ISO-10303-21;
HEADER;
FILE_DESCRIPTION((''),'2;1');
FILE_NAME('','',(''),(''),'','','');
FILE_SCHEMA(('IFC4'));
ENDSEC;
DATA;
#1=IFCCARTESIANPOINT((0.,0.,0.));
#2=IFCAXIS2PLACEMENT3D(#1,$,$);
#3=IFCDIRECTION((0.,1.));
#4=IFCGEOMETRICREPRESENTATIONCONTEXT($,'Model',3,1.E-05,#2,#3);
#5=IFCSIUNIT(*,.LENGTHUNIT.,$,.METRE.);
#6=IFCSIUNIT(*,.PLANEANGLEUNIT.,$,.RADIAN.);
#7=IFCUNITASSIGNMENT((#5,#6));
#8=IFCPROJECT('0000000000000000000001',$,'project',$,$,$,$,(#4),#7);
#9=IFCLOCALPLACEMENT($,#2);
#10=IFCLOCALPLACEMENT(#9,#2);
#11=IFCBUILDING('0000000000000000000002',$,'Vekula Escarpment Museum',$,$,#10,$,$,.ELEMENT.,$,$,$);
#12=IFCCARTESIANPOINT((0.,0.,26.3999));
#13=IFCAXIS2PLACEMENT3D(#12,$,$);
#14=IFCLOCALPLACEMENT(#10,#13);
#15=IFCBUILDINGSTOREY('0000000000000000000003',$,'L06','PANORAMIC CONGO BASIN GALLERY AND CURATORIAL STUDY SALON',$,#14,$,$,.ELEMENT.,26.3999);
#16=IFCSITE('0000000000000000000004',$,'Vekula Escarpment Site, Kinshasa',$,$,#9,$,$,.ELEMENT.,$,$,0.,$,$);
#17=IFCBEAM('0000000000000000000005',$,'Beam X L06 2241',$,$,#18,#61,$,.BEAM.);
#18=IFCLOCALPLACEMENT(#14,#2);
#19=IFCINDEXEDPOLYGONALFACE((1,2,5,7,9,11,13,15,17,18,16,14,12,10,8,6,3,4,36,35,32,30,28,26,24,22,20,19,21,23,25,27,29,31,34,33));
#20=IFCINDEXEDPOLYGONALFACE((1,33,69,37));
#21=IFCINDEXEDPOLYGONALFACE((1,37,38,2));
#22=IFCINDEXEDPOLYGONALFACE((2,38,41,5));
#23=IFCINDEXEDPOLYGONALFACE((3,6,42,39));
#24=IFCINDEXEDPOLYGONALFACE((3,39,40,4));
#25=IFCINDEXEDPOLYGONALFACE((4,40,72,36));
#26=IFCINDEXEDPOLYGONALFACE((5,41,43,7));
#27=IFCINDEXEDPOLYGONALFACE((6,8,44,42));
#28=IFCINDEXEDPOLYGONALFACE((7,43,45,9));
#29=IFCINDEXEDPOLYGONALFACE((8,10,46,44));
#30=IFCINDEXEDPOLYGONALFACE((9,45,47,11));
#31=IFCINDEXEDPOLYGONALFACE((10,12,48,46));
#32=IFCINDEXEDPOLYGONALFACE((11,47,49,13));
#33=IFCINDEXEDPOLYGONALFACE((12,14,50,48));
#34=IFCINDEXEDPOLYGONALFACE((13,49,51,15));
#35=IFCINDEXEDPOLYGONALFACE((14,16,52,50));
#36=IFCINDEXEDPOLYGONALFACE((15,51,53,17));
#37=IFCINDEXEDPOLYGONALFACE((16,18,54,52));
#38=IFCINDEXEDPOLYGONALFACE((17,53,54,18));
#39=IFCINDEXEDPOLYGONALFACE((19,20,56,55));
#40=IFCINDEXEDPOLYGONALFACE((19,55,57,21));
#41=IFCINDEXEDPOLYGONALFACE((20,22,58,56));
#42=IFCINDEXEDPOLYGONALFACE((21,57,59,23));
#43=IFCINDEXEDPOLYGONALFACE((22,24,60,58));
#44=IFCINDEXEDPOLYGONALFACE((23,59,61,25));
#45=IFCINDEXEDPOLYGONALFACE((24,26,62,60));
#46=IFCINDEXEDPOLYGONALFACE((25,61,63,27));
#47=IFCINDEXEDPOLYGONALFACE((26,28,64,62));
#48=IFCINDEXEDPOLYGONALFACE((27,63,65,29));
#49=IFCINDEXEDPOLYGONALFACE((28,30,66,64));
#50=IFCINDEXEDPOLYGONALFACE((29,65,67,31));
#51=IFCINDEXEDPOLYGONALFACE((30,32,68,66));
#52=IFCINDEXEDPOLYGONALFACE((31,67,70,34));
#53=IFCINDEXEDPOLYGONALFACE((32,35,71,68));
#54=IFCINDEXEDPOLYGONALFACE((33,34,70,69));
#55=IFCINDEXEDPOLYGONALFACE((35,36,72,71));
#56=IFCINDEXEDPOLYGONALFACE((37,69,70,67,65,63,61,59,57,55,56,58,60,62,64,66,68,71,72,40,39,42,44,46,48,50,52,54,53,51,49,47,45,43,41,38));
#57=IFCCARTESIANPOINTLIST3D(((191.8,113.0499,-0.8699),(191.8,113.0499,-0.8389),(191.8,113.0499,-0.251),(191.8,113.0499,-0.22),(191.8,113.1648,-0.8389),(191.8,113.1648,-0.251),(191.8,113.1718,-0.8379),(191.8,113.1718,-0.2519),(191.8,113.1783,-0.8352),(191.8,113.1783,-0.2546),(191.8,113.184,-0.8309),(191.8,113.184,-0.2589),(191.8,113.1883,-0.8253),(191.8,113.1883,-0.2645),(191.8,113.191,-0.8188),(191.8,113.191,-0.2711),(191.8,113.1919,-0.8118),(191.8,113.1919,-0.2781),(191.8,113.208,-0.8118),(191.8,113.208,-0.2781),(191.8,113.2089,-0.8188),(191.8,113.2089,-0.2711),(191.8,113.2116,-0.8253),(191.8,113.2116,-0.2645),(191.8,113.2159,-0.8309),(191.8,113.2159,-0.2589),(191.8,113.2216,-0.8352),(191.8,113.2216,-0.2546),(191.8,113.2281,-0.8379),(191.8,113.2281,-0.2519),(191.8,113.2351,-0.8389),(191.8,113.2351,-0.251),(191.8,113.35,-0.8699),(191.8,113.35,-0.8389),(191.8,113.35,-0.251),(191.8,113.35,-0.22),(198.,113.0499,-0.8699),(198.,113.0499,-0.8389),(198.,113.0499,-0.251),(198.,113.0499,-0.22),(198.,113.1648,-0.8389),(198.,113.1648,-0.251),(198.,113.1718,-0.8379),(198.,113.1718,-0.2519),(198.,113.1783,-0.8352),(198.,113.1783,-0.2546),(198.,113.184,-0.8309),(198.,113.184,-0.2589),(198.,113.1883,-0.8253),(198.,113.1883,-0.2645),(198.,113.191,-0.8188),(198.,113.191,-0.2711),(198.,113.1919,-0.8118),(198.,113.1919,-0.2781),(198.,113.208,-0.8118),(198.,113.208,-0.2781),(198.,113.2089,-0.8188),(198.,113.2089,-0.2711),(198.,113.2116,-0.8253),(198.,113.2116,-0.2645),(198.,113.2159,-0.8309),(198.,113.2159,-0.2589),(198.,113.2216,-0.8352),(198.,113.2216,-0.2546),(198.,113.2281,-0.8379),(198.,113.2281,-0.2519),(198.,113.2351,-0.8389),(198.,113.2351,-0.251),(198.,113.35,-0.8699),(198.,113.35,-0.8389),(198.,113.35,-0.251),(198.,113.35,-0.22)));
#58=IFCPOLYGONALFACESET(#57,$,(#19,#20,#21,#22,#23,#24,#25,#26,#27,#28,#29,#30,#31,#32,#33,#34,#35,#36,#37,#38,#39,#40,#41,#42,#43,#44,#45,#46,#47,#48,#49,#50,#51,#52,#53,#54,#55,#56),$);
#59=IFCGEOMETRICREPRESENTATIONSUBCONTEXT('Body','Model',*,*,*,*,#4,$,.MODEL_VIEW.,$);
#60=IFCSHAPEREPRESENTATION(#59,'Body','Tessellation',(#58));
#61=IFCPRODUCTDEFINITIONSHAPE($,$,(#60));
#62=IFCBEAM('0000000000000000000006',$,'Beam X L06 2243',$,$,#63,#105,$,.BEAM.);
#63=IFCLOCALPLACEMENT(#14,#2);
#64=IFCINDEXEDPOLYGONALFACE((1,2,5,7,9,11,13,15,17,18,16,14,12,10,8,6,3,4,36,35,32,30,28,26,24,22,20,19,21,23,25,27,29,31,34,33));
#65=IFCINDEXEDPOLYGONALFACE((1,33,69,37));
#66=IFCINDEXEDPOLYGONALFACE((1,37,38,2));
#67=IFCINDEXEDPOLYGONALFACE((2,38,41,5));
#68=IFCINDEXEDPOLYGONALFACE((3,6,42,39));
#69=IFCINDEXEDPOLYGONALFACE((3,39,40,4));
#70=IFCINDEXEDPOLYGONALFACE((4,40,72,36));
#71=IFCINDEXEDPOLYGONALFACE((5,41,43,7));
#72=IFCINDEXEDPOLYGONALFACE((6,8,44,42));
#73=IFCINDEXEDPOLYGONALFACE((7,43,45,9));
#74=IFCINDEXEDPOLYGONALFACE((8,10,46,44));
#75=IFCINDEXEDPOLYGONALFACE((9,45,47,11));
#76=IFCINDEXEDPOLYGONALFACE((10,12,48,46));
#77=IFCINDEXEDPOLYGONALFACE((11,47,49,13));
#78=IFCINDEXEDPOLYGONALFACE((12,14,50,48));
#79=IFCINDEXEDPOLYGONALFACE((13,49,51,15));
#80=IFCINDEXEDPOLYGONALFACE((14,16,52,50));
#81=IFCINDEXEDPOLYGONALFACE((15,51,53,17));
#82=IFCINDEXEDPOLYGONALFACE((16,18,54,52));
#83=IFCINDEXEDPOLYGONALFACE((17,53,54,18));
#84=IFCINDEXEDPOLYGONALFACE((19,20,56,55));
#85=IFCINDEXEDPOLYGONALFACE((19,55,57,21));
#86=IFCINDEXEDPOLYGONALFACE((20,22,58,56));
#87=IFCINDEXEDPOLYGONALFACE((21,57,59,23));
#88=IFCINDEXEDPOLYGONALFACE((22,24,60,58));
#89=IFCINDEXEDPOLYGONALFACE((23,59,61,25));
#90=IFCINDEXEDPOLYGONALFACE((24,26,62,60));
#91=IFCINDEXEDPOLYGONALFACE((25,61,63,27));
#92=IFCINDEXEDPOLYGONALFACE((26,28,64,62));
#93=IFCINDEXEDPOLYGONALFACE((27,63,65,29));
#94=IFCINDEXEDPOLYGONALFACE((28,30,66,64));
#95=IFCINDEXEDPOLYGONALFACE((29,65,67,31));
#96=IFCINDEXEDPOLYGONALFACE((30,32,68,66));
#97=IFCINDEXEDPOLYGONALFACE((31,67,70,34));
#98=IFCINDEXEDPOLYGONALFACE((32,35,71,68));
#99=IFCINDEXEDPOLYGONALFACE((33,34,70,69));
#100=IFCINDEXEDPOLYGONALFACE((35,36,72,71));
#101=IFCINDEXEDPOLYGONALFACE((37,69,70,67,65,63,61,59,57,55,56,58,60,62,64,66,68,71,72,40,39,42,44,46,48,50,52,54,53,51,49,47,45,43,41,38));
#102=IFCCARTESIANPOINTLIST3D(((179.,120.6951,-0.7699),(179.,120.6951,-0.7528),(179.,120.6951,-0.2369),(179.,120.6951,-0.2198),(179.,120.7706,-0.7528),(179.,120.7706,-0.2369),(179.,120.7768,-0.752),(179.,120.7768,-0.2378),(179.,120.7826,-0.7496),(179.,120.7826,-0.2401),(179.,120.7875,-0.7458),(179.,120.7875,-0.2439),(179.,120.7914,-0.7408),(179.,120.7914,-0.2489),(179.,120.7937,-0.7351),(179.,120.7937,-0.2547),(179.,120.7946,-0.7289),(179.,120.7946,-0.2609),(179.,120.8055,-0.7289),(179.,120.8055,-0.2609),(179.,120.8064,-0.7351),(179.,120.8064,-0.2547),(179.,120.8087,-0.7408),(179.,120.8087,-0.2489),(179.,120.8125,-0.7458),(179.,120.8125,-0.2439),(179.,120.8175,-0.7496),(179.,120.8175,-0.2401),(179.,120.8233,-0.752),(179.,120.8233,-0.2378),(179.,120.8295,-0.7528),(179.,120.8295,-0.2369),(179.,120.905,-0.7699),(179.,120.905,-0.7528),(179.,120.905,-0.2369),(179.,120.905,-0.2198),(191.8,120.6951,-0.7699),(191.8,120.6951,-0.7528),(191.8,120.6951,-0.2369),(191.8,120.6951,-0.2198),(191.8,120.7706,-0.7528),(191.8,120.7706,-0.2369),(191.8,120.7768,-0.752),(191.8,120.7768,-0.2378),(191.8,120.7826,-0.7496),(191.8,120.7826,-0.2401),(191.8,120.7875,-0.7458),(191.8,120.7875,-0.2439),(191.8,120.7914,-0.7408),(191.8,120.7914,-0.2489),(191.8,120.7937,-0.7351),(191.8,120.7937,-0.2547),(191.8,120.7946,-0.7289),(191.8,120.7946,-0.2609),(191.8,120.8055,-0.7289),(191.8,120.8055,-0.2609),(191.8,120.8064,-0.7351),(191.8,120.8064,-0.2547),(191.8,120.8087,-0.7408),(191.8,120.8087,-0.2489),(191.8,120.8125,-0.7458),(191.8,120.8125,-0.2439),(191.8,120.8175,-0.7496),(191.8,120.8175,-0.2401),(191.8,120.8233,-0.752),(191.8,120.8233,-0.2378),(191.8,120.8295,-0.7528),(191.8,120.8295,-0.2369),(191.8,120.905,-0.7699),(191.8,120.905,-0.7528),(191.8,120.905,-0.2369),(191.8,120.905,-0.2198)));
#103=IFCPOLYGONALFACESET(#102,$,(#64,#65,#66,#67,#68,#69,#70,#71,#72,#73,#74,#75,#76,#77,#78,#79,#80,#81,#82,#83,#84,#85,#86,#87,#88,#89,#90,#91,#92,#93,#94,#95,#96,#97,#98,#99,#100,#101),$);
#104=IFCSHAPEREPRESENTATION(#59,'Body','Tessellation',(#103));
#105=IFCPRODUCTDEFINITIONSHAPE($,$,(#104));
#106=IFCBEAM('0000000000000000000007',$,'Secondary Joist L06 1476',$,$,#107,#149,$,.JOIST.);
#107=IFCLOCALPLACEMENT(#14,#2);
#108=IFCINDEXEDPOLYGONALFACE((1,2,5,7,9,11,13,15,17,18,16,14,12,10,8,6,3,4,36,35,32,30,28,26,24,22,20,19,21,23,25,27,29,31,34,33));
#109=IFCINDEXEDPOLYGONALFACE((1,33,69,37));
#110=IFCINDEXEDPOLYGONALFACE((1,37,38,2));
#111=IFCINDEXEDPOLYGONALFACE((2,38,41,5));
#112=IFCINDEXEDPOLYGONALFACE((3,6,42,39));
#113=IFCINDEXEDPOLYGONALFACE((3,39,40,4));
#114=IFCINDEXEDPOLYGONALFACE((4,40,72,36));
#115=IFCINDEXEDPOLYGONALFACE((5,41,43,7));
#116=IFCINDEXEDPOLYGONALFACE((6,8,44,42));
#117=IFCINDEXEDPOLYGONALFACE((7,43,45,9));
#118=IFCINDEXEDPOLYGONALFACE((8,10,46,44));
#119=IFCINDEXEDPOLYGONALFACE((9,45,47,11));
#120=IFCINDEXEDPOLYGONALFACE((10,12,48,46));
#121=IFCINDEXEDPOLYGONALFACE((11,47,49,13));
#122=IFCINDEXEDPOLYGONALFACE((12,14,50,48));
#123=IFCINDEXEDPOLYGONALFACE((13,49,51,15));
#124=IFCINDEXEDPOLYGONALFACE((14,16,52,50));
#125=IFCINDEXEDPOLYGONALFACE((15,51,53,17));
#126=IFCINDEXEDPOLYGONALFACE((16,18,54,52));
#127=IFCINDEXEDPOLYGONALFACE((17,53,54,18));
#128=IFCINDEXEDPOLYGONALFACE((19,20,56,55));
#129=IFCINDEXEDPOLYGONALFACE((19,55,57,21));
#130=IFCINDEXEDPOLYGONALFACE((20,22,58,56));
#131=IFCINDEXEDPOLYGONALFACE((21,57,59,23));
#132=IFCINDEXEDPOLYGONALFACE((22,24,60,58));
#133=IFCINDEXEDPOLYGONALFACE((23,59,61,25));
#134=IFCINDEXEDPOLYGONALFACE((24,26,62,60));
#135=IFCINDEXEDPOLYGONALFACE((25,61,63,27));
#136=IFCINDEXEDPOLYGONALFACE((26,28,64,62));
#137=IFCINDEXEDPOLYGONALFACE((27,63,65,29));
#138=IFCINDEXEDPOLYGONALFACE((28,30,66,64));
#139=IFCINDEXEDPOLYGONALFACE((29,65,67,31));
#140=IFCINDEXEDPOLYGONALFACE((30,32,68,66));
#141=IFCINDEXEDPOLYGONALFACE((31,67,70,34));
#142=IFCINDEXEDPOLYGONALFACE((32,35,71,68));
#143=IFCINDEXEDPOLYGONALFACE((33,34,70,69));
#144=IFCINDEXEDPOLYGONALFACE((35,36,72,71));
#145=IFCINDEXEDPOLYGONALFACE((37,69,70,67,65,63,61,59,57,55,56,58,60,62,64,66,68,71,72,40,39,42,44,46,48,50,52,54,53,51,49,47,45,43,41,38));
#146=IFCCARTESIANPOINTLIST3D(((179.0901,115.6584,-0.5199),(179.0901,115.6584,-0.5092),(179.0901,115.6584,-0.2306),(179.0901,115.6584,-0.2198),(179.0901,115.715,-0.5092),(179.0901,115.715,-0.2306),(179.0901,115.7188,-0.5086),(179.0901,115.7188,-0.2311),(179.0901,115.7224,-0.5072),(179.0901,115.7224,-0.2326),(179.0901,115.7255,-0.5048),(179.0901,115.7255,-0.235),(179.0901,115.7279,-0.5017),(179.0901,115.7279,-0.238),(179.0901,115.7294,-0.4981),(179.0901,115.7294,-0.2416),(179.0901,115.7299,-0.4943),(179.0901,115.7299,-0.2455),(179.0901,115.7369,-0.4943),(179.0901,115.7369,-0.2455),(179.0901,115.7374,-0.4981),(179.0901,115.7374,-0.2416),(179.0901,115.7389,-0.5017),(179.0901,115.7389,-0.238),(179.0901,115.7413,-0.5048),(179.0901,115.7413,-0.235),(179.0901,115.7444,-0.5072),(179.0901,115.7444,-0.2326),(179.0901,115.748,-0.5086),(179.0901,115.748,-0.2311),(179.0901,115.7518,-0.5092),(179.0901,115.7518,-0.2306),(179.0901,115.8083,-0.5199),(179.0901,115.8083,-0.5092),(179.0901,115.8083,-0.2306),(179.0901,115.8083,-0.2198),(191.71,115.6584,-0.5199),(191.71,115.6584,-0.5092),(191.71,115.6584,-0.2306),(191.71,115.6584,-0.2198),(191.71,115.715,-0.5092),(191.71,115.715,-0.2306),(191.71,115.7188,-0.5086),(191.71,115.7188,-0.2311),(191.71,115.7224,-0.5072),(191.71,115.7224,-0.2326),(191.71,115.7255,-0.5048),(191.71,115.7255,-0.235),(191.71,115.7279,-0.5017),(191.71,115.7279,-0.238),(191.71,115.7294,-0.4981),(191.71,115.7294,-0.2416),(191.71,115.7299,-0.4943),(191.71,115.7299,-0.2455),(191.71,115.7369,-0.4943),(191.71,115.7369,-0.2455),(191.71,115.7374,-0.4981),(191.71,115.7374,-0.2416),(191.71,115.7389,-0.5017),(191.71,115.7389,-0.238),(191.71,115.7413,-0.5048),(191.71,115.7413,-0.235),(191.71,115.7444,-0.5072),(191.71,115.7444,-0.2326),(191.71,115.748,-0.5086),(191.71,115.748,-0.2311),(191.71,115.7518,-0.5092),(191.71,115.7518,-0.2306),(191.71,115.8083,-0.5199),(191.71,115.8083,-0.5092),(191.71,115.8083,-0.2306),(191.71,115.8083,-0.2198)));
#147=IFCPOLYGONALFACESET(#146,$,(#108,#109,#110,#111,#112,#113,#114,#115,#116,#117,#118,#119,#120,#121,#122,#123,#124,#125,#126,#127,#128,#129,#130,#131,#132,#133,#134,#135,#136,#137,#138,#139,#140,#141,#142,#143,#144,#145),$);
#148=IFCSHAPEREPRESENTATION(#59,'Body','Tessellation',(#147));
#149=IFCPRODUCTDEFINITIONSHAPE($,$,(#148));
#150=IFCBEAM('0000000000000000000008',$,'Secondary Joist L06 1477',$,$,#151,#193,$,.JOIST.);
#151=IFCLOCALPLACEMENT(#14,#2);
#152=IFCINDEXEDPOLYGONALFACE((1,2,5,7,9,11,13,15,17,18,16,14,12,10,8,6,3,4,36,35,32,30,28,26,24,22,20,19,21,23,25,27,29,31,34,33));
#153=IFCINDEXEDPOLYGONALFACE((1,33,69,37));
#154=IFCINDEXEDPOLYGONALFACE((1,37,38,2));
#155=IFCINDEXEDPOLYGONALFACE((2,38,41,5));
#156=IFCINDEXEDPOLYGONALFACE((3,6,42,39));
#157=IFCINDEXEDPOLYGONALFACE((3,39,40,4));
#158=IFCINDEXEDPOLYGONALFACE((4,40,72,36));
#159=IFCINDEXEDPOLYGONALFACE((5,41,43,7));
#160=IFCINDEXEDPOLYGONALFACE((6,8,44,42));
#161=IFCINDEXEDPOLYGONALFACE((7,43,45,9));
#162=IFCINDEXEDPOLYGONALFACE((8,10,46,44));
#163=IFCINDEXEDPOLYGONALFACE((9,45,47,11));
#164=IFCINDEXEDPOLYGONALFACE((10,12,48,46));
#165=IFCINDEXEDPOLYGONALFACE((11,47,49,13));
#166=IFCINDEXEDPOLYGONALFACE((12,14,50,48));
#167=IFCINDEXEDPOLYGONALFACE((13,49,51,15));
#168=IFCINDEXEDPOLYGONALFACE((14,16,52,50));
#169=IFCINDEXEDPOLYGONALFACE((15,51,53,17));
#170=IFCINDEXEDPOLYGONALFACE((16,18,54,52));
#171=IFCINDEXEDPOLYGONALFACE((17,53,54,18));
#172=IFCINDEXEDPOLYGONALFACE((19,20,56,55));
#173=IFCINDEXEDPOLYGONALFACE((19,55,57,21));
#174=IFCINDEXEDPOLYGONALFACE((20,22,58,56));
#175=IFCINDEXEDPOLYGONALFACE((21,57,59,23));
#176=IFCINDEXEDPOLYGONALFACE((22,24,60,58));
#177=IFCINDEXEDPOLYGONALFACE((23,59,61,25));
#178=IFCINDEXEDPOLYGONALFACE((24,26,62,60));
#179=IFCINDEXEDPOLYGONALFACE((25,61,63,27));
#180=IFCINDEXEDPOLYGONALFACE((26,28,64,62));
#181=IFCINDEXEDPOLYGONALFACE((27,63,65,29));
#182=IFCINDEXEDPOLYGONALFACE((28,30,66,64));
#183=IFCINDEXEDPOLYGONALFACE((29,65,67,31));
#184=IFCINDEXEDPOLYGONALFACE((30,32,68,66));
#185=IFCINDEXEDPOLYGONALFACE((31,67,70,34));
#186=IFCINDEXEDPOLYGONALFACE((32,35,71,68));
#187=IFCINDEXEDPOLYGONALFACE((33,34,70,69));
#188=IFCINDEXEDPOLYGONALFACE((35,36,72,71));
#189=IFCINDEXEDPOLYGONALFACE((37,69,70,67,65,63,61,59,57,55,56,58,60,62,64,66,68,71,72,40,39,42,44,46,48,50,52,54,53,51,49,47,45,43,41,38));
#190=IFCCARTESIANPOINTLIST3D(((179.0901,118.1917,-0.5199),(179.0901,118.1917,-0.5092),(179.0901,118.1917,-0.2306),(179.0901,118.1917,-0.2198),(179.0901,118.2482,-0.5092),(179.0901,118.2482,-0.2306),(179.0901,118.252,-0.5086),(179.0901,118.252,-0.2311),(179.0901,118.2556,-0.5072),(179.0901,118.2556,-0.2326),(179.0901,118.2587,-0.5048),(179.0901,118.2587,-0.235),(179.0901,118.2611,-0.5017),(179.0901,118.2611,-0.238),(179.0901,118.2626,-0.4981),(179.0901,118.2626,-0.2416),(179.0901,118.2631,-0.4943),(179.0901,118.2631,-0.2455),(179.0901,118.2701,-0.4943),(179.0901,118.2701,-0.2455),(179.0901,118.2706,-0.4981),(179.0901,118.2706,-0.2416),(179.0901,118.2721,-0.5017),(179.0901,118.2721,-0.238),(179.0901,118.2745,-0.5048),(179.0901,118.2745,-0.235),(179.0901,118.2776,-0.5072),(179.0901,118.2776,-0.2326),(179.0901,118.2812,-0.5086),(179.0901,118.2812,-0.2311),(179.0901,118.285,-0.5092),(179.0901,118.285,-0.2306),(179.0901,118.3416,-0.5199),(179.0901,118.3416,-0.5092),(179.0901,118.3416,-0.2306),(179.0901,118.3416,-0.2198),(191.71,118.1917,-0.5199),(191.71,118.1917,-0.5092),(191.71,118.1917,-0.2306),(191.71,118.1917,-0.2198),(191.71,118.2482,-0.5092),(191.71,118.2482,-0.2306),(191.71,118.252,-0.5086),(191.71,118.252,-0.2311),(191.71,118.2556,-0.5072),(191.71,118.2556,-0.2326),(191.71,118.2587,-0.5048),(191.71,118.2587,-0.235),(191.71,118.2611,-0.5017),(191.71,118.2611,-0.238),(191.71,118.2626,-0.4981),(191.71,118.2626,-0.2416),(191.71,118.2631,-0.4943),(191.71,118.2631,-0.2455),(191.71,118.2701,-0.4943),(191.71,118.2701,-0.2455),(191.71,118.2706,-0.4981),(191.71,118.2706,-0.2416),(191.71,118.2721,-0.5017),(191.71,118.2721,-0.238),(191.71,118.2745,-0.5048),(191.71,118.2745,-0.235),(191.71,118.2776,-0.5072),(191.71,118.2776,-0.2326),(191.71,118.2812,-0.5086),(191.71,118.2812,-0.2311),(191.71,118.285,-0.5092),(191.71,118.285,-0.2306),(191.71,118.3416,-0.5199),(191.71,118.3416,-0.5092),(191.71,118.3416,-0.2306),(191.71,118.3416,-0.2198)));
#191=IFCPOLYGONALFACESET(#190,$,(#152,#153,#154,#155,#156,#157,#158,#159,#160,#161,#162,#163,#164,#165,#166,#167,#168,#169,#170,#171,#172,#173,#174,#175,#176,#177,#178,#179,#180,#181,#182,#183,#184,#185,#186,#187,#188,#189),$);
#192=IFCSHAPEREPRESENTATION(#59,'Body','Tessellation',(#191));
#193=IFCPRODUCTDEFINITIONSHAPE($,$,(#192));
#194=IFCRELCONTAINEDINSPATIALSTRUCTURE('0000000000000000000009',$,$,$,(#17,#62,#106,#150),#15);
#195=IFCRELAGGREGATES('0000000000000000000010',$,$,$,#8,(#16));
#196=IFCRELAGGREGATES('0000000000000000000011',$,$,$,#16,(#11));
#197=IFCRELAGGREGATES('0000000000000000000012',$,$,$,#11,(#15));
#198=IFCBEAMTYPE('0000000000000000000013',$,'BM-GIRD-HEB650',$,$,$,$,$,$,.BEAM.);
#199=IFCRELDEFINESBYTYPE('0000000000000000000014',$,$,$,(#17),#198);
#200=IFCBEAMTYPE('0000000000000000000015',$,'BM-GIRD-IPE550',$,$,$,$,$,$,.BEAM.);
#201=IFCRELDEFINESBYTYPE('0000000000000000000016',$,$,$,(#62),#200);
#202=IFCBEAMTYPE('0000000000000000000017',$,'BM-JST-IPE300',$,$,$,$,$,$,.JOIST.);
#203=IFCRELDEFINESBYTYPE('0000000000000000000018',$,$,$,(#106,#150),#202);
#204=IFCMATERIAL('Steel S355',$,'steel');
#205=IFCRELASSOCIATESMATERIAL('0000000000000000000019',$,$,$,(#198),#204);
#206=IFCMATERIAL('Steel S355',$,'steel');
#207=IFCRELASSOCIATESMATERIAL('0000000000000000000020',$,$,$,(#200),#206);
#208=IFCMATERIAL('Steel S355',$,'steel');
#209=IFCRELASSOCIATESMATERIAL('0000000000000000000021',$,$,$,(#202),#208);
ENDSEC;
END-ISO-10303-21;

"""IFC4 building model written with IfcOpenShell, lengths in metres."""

from ifc_helpers import new_model, si_unit, direction, frame, origin, origin_2d, place, context, subcontext, project, spatial, i_section, extrude, material, material_profile, profile_set, type_object, element, save


model = new_model("IFC4")

# Units and contexts
model_context = context("Model", 3, precision=1e-05, world=origin(), true_north=direction((0.0, 1.0)))
body_context = subcontext(model_context, "Body", "Model", "MODEL_VIEW")
ifc_project = project(units=[si_unit("LENGTHUNIT", "METRE"), si_unit("PLANEANGLEUNIT", "RADIAN")], contexts=[model_context])

# Site, building, storey
site_placement = place(None, origin())
site = spatial("IfcSite", under=ifc_project, at=site_placement, Name="Vekula Escarpment Site, Kinshasa", CompositionType="ELEMENT", RefElevation=0.0)
building_placement = place(site_placement, origin())
building = spatial("IfcBuilding", under=site, at=building_placement, Name="Vekula Escarpment Museum", CompositionType="ELEMENT")
storey_placement = place(building_placement, frame((0.0, 0.0, 26.3999)))
storey = spatial("IfcBuildingStorey", under=building, at=storey_placement, Name="L06", Description="PANORAMIC CONGO BASIN GALLERY AND CURATORIAL STUDY SALON", CompositionType="ELEMENT", Elevation=26.3999)

# Beams
ifc_material_1 = material(Name="Steel S355", Category="steel")
ifc_material_profile_1 = material_profile(ifc_material_1, i_section(OverallWidth=0.3, OverallDepth=0.6499, WebThickness=0.0161, FlangeThickness=0.031, FilletRadius=0.0271, at=origin_2d()), Name="HEB 650")
ifc_profile_set_1 = profile_set([ifc_material_profile_1], Name="Steel S355")
beam_type_1 = type_object("IfcBeamType", Name="BM-GIRD-HEB650", PredefinedType="BEAM", material=ifc_profile_set_1)
for number, where, z_axis, x_axis, name in (
    (1, (191.8, 113.2, -0.5449), (1.0, 0.0, 0.0), (0.0, 1.0, 0.0), "Beam X L06 2241"),
):
    element("IfcBeam", number, at=place(storey_placement, frame(where, z_axis=z_axis, x_axis=x_axis)), inside=storey, type_object=beam_type_1, Name=name, PredefinedType="BEAM", context=body_context, shape_type="SweptSolid", body=[
        extrude(i_section(OverallWidth=0.3, OverallDepth=0.6499, WebThickness=0.0161, FlangeThickness=0.031, FilletRadius=0.0271, at=origin_2d()), origin(), (0.0, 0.0, 1.0), 6.2),
    ])
ifc_material_2 = material(Name="Steel S355", Category="steel")
ifc_material_profile_2 = material_profile(ifc_material_2, i_section(OverallWidth=0.21, OverallDepth=0.55, WebThickness=0.011, FlangeThickness=0.0171, FilletRadius=0.0239, at=origin_2d()), Name="IPE 550")
ifc_profile_set_2 = profile_set([ifc_material_profile_2], Name="Steel S355")
beam_type_2 = type_object("IfcBeamType", Name="BM-GIRD-IPE550", PredefinedType="BEAM", material=ifc_profile_set_2)
beam_1_placement = place(storey_placement, frame((179.0, 120.8, -0.4949), z_axis=(1.0, 0.0, 0.0), x_axis=(0.0, 1.0, 0.0)))
element("IfcBeam", 2, at=beam_1_placement, inside=storey, type_object=beam_type_2, Name="Beam X L06 2243", PredefinedType="BEAM", context=body_context, shape_type="SweptSolid", body=[
    extrude(i_section(OverallWidth=0.21, OverallDepth=0.55, WebThickness=0.011, FlangeThickness=0.0171, FilletRadius=0.0239, at=origin_2d()), origin(), (0.0, 0.0, 1.0), 12.8),
])
ifc_material_3 = material(Name="Steel S355", Category="steel")
ifc_material_profile_3 = material_profile(ifc_material_3, i_section(OverallWidth=0.1499, OverallDepth=0.3, WebThickness=0.0071, FlangeThickness=0.0107, FilletRadius=0.0149, at=origin_2d()), Name="IPE 300")
ifc_profile_set_3 = profile_set([ifc_material_profile_3], Name="Steel S355")
beam_type_3 = type_object("IfcBeamType", Name="BM-JST-IPE300", PredefinedType="JOIST", material=ifc_profile_set_3)
for number, where, z_axis, x_axis, name in (
    (3, (179.0901, 115.7334, -0.3699), (1.0, 0.0, 0.0), (0.0, 1.0, 0.0), "Secondary Joist L06 1476"),
    (4, (179.0901, 118.2666, -0.3699), (1.0, 0.0, 0.0), (0.0, 1.0, 0.0), "Secondary Joist L06 1477"),
):
    element("IfcBeam", number, at=place(storey_placement, frame(where, z_axis=z_axis, x_axis=x_axis)), inside=storey, type_object=beam_type_3, Name=name, PredefinedType="JOIST", context=body_context, shape_type="SweptSolid", body=[
        extrude(i_section(OverallWidth=0.1499, OverallDepth=0.3, WebThickness=0.0071, FlangeThickness=0.0107, FilletRadius=0.0149, at=origin_2d()), origin(), (0.0, 0.0, 1.0), 12.6199),
    ])

save(model, "model.ifc")
